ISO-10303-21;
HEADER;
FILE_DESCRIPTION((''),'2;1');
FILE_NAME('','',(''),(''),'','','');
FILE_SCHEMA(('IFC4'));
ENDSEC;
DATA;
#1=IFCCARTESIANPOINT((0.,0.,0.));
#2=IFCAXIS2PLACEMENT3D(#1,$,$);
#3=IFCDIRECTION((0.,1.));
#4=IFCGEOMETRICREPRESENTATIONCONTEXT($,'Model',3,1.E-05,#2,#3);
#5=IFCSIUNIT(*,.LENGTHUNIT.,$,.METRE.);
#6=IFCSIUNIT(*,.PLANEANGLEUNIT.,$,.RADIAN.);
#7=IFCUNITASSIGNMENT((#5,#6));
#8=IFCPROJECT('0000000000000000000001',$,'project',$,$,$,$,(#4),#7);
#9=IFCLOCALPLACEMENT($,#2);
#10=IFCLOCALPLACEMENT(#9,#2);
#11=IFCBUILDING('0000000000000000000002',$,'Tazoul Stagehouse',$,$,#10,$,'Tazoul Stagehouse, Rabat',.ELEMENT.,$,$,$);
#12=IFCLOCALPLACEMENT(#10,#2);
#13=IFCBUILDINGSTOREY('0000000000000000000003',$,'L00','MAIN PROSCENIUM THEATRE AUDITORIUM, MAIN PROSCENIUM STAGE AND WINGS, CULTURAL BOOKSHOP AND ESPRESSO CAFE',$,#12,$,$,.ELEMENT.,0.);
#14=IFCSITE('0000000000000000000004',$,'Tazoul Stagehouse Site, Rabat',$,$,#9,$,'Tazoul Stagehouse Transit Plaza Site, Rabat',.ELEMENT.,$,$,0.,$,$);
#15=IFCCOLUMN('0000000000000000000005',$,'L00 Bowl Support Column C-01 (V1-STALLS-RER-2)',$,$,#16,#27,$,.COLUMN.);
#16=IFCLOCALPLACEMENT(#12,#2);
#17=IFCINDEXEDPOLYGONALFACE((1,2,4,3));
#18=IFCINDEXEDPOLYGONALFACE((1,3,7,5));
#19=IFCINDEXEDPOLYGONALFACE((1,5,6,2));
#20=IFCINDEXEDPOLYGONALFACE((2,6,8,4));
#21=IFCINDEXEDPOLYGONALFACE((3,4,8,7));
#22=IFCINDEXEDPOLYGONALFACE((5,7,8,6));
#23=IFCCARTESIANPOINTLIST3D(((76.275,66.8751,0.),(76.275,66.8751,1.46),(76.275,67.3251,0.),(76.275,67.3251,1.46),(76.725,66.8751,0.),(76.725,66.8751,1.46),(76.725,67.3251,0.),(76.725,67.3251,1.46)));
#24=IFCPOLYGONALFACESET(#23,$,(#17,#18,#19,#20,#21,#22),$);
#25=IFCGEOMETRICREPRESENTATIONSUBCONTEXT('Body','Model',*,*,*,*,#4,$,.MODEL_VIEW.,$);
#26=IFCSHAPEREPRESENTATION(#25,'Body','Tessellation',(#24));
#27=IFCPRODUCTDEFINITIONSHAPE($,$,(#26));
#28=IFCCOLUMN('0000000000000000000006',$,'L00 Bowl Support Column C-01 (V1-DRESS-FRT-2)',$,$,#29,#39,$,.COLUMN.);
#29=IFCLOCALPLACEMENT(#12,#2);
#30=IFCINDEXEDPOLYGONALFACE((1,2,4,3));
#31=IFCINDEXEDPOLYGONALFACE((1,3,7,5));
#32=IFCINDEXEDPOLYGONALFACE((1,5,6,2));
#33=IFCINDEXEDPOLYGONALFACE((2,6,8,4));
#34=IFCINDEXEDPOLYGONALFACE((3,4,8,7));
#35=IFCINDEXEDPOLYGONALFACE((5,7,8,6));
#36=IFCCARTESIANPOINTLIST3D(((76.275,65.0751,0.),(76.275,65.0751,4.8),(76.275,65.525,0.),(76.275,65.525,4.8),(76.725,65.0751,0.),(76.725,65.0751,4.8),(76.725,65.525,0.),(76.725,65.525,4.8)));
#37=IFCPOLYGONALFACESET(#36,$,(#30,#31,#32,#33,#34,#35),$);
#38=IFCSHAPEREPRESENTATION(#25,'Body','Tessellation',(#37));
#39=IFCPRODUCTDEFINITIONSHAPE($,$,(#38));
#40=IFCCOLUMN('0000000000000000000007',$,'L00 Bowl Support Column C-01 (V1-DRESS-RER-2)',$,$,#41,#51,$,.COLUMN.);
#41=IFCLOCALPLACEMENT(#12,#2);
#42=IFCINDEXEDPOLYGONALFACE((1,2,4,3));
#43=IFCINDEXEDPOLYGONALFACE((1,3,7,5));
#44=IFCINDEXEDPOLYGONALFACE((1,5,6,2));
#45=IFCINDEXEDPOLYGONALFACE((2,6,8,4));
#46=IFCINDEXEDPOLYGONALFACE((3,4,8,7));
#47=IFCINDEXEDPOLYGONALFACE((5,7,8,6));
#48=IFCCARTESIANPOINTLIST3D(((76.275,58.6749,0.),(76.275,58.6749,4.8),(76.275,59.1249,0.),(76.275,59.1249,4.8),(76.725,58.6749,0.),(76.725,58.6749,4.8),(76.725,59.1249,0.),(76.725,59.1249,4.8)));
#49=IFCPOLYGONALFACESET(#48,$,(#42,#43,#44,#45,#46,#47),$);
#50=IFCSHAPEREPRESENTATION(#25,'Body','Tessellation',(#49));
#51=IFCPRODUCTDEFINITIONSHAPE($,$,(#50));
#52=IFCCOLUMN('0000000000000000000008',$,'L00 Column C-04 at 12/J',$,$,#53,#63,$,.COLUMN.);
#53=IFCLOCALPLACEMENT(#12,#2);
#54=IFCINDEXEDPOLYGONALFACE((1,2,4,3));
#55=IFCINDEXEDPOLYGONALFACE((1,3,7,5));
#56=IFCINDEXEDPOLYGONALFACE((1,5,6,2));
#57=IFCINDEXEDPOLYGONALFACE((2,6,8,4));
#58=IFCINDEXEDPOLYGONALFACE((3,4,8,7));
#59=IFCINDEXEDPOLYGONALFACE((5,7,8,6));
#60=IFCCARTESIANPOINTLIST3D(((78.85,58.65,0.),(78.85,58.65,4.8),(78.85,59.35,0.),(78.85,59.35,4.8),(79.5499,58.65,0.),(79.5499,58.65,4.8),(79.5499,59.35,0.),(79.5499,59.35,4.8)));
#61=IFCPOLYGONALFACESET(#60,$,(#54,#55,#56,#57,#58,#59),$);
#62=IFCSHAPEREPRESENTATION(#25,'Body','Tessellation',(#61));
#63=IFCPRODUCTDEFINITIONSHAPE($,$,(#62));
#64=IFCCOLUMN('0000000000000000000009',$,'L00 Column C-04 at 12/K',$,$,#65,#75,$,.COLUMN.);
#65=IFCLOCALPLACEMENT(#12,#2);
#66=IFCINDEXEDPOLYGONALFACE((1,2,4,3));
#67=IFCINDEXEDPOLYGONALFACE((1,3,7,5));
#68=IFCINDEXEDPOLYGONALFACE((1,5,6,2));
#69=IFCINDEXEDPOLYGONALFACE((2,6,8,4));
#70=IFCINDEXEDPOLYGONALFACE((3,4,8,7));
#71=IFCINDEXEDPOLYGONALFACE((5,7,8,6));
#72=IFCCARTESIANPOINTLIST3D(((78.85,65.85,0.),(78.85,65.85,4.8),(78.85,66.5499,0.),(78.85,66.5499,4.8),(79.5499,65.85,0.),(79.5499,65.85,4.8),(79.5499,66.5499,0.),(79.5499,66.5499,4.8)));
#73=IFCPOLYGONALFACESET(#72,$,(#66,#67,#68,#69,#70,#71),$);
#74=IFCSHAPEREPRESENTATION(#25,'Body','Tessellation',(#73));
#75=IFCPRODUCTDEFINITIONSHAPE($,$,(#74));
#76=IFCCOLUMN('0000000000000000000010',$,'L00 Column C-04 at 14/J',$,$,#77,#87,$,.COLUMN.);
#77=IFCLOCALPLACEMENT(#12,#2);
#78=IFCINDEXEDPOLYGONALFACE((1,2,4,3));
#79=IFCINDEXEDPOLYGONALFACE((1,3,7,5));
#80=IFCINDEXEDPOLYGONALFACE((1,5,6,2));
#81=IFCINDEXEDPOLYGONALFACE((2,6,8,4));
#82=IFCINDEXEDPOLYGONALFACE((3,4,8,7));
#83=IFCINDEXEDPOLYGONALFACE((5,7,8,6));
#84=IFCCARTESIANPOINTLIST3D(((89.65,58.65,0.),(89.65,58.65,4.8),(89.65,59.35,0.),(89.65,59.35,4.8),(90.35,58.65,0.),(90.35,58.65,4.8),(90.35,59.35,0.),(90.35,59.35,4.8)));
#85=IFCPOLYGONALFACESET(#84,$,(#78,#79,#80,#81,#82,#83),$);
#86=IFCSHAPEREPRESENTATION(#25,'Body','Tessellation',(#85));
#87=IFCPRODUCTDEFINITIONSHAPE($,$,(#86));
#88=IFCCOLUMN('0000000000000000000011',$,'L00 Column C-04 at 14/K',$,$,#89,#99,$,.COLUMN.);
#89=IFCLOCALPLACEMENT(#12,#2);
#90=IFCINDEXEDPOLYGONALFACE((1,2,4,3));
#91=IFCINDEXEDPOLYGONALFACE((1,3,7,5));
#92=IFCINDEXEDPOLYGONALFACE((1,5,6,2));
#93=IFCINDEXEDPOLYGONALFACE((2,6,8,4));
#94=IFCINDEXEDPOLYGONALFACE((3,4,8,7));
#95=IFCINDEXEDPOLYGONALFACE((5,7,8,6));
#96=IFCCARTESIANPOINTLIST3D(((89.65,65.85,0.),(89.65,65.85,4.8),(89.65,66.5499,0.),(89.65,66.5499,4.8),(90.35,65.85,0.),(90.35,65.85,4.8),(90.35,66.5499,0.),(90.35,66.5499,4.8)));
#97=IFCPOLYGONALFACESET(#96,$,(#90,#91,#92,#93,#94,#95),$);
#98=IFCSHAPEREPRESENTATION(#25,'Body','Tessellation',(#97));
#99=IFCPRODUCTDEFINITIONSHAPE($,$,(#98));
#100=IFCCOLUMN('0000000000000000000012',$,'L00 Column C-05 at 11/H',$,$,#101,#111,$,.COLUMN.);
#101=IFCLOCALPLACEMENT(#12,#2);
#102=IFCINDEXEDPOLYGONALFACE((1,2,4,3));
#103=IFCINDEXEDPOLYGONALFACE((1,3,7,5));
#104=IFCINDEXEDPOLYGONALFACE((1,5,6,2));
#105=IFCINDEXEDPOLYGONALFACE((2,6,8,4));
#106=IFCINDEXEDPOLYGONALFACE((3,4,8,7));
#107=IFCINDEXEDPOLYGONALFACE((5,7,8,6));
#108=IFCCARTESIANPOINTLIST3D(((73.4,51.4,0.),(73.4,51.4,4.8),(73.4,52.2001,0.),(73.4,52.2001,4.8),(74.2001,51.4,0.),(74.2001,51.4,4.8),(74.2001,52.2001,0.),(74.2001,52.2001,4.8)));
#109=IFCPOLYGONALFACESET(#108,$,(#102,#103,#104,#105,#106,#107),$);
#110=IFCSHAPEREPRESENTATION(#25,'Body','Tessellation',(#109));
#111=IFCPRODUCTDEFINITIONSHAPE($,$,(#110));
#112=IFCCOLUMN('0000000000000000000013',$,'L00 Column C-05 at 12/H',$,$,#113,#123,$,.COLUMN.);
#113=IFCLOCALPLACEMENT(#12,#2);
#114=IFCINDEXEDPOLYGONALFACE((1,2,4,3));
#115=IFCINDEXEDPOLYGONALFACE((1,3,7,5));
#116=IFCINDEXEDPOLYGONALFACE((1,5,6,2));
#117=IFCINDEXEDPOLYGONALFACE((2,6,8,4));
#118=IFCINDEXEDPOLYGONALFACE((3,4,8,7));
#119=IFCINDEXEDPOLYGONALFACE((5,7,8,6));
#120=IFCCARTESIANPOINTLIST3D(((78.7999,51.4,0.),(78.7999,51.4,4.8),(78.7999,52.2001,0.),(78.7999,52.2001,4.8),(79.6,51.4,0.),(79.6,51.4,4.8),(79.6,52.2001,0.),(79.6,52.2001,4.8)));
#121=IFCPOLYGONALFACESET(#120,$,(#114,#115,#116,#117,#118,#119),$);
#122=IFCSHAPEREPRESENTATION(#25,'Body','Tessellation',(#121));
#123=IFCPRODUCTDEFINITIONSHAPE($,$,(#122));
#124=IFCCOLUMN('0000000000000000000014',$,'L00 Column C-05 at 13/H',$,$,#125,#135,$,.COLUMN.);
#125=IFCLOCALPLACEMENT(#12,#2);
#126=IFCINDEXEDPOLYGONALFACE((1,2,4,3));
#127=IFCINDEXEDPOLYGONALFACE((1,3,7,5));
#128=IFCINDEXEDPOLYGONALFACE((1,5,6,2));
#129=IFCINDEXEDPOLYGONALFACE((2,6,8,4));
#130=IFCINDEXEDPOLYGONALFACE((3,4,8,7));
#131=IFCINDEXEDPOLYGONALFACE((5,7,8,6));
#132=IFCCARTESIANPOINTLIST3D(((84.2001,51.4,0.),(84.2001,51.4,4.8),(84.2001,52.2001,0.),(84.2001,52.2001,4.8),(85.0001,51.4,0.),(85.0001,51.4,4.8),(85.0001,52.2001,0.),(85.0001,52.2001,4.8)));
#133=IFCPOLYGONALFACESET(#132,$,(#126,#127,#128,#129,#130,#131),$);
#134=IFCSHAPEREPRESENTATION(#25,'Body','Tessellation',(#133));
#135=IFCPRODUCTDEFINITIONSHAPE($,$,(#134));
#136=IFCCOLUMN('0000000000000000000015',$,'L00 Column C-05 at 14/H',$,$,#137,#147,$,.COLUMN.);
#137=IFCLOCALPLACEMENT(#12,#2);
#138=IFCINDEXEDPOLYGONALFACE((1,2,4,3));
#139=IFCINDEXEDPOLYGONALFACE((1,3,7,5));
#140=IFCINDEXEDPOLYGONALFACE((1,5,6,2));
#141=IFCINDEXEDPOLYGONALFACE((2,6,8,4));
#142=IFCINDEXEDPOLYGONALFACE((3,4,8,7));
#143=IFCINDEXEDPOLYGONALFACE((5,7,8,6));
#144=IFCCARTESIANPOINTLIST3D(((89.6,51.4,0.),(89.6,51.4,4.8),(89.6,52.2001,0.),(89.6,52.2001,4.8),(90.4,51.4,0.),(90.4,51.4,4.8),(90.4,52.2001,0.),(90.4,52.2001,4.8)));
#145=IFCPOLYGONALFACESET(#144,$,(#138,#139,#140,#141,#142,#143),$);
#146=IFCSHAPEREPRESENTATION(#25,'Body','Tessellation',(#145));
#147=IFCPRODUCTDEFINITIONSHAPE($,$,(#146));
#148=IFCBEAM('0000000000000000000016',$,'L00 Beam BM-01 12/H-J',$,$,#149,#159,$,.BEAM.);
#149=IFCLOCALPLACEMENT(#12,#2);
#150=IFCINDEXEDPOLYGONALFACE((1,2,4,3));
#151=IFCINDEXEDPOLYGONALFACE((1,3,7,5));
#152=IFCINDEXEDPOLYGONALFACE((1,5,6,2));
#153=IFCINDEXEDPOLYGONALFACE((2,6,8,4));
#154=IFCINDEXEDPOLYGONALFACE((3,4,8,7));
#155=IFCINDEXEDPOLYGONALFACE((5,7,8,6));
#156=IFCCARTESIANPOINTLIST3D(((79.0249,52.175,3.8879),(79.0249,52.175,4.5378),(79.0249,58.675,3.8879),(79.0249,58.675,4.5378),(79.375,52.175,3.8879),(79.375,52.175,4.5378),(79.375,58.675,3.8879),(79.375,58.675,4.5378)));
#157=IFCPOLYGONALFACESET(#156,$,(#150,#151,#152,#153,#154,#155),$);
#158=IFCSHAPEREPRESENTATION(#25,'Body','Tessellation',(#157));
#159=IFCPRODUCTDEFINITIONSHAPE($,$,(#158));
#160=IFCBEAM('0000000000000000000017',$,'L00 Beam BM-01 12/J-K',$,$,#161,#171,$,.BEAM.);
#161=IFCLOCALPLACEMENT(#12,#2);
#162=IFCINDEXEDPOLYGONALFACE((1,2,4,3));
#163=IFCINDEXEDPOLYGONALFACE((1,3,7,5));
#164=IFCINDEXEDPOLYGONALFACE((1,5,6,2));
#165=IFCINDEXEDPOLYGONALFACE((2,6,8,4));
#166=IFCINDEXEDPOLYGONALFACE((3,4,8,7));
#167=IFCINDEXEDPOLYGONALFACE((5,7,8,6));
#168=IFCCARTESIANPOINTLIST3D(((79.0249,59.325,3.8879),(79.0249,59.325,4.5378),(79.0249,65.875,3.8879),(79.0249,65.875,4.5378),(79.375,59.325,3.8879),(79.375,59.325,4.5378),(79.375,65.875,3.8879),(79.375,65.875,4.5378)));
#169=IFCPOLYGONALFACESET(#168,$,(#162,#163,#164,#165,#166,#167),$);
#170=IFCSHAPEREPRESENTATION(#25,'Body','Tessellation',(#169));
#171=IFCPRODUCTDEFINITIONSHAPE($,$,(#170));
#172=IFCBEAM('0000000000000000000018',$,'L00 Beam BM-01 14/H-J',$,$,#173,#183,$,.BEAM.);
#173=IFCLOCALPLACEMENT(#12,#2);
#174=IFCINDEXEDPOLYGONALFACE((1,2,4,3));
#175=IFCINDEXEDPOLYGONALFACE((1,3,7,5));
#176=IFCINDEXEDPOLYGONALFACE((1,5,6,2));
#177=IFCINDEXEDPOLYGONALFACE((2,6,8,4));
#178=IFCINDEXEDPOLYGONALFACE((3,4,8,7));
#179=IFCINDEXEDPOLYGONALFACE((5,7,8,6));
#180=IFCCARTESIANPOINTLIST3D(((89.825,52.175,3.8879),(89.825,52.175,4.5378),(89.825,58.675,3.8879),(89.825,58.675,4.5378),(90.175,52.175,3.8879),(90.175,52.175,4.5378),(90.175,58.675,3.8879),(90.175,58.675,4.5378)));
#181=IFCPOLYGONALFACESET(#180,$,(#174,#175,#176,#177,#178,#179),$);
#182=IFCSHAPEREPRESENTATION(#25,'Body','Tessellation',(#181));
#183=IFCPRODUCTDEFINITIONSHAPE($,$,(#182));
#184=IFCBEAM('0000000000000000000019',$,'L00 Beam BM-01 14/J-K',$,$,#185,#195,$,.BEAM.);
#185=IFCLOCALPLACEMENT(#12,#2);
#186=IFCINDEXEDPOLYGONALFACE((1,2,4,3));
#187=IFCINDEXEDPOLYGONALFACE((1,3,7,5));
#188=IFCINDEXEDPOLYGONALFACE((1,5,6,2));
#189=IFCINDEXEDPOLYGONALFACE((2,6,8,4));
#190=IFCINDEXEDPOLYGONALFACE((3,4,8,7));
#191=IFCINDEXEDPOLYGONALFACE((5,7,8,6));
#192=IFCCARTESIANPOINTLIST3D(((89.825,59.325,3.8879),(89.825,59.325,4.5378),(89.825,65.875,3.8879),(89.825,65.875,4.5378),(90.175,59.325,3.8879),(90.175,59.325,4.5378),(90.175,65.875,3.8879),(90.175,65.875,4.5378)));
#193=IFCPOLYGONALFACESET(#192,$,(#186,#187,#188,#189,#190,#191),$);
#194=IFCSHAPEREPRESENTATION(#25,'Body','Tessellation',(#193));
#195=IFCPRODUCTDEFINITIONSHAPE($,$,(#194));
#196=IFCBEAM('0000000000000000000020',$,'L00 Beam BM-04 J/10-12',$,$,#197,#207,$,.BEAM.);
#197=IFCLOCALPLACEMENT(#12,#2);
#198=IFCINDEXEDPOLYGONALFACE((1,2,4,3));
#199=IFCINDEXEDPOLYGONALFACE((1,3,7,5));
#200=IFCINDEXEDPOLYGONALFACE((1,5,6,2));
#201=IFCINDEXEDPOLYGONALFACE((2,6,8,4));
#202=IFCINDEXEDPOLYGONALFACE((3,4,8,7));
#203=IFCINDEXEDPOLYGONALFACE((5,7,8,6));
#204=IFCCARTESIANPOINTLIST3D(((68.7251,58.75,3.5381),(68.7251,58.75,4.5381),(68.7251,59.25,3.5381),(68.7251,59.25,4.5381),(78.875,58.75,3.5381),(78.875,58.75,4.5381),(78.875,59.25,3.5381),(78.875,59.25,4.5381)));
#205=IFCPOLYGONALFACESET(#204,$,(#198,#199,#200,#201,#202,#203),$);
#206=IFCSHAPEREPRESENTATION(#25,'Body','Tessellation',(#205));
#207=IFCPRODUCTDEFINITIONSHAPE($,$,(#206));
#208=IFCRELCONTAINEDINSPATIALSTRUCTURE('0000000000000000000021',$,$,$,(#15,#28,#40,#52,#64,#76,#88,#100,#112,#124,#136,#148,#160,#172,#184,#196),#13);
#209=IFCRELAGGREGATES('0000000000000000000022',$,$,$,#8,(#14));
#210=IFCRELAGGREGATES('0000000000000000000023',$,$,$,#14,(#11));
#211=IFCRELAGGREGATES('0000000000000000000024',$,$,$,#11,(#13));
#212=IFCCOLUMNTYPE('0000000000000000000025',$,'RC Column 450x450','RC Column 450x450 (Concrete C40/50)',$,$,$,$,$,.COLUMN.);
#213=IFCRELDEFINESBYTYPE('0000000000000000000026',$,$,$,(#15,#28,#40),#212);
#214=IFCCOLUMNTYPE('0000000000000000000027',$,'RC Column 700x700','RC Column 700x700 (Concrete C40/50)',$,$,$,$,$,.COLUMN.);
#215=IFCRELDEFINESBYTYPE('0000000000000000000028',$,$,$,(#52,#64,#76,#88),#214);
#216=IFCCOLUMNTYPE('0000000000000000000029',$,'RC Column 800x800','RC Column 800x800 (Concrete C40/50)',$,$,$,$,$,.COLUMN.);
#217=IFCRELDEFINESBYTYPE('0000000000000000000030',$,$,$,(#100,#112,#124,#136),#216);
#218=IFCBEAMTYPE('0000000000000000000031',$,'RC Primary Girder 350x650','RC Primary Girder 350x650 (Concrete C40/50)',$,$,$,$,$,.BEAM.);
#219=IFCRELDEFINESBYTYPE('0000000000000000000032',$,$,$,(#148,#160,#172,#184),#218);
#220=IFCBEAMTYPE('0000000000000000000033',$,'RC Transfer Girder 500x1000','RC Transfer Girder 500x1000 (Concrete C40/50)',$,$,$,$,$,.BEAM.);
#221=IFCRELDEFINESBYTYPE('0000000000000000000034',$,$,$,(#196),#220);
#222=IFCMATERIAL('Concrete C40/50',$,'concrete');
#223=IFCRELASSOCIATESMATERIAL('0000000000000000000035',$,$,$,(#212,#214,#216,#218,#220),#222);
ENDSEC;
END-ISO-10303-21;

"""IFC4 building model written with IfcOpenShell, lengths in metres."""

from ifc_helpers import new_model, si_unit, direction, frame, origin, origin_2d, place, context, subcontext, project, spatial, rectangle, extrude, material, material_profile, profile_set, type_object, element, save


model = new_model("IFC4")

# Units and contexts
model_context = context("Model", 3, precision=1e-05, world=origin(), true_north=direction((0.0, 1.0)))
body_context = subcontext(model_context, "Body", "Model", "MODEL_VIEW")
ifc_project = project(units=[si_unit("LENGTHUNIT", "METRE"), si_unit("PLANEANGLEUNIT", "RADIAN")], contexts=[model_context])

# Site, building, storey
site_placement = place(None, origin())
site = spatial("IfcSite", under=ifc_project, at=site_placement, Name="Tazoul Stagehouse Site, Rabat", LongName="Tazoul Stagehouse Transit Plaza Site, Rabat", CompositionType="ELEMENT", RefElevation=0.0)
building_placement = place(site_placement, origin())
building = spatial("IfcBuilding", under=site, at=building_placement, Name="Tazoul Stagehouse", LongName="Tazoul Stagehouse, Rabat", CompositionType="ELEMENT")
storey_placement = place(building_placement, origin())
storey = spatial("IfcBuildingStorey", under=building, at=storey_placement, Name="L00", Description="MAIN PROSCENIUM THEATRE AUDITORIUM, MAIN PROSCENIUM STAGE AND WINGS, CULTURAL BOOKSHOP AND ESPRESSO CAFE", CompositionType="ELEMENT", Elevation=0.0)

# Columns
ifc_material_1 = material(Name="Concrete C40/50", Category="concrete")
ifc_material_profile_1 = material_profile(ifc_material_1, rectangle(XDim=0.45, YDim=0.45, at=origin_2d()), Name="RC 450x450")
ifc_profile_set_1 = profile_set([ifc_material_profile_1], Name="Concrete C40/50")
column_type_1 = type_object("IfcColumnType", Name="RC Column 450x450", Description="RC Column 450x450 (Concrete C40/50)", PredefinedType="COLUMN", material=ifc_profile_set_1)
column_placement = place(storey_placement, frame((76.5, 67.1001, 0.0), z_axis=(0.0, 0.0, 1.0), x_axis=(1.0, 0.0, 0.0)))
element("IfcColumn", 1, at=column_placement, inside=storey, type_object=column_type_1, Name="L00 Bowl Support Column C-01 (V1-STALLS-RER-2)", PredefinedType="COLUMN", context=body_context, shape_type="SweptSolid", body=[
    extrude(rectangle(XDim=0.45, YDim=0.45, at=origin_2d()), origin(), (0.0, 0.0, 1.0), 1.46),
])
for number, where, z_axis, x_axis, name in (
    (2, (76.5, 65.3, 0.0), (0.0, 0.0, 1.0), (1.0, 0.0, 0.0), "L00 Bowl Support Column C-01 (V1-DRESS-FRT-2)"),
    (3, (76.5, 58.8999, 0.0), (0.0, 0.0, 1.0), (1.0, 0.0, 0.0), "L00 Bowl Support Column C-01 (V1-DRESS-RER-2)"),
):
    element("IfcColumn", number, at=place(storey_placement, frame(where, z_axis=z_axis, x_axis=x_axis)), inside=storey, type_object=column_type_1, Name=name, PredefinedType="COLUMN", context=body_context, shape_type="SweptSolid", body=[
        extrude(rectangle(XDim=0.45, YDim=0.45, at=origin_2d()), origin(), (0.0, 0.0, 1.0), 4.8),
    ])
ifc_material_profile_2 = material_profile(ifc_material_1, rectangle(XDim=0.7, YDim=0.7, at=origin_2d()), Name="RC 700x700")
ifc_profile_set_2 = profile_set([ifc_material_profile_2], Name="Concrete C40/50")
column_type_2 = type_object("IfcColumnType", Name="RC Column 700x700", Description="RC Column 700x700 (Concrete C40/50)", PredefinedType="COLUMN", material=ifc_profile_set_2)
for number, where, z_axis, x_axis, name in (
    (4, (79.2, 59.0, 0.0), (0.0, 0.0, 1.0), (1.0, 0.0, 0.0), "L00 Column C-04 at 12/J"),
    (5, (79.2, 66.2, 0.0), (0.0, 0.0, 1.0), (1.0, 0.0, 0.0), "L00 Column C-04 at 12/K"),
    (6, (90.0, 59.0, 0.0), (0.0, 0.0, 1.0), (1.0, 0.0, 0.0), "L00 Column C-04 at 14/J"),
    (7, (90.0, 66.2, 0.0), (0.0, 0.0, 1.0), (1.0, 0.0, 0.0), "L00 Column C-04 at 14/K"),
):
    element("IfcColumn", number, at=place(storey_placement, frame(where, z_axis=z_axis, x_axis=x_axis)), inside=storey, type_object=column_type_2, Name=name, PredefinedType="COLUMN", context=body_context, shape_type="SweptSolid", body=[
        extrude(rectangle(XDim=0.7, YDim=0.7, at=origin_2d()), origin(), (0.0, 0.0, 1.0), 4.8),
    ])
ifc_material_profile_3 = material_profile(ifc_material_1, rectangle(XDim=0.8, YDim=0.8, at=origin_2d()), Name="RC 800x800")
ifc_profile_set_3 = profile_set([ifc_material_profile_3], Name="Concrete C40/50")
column_type_3 = type_object("IfcColumnType", Name="RC Column 800x800", Description="RC Column 800x800 (Concrete C40/50)", PredefinedType="COLUMN", material=ifc_profile_set_3)
for number, where, z_axis, x_axis, name in (
    (8, (73.8, 51.8, 0.0), (0.0, 0.0, 1.0), (1.0, 0.0, 0.0), "L00 Column C-05 at 11/H"),
    (9, (79.2, 51.8, 0.0), (0.0, 0.0, 1.0), (1.0, 0.0, 0.0), "L00 Column C-05 at 12/H"),
    (10, (84.6001, 51.8, 0.0), (0.0, 0.0, 1.0), (1.0, 0.0, 0.0), "L00 Column C-05 at 13/H"),
    (11, (90.0, 51.8, 0.0), (0.0, 0.0, 1.0), (1.0, 0.0, 0.0), "L00 Column C-05 at 14/H"),
):
    element("IfcColumn", number, at=place(storey_placement, frame(where, z_axis=z_axis, x_axis=x_axis)), inside=storey, type_object=column_type_3, Name=name, PredefinedType="COLUMN", context=body_context, shape_type="SweptSolid", body=[
        extrude(rectangle(XDim=0.8, YDim=0.8, at=origin_2d()), origin(), (0.0, 0.0, 1.0), 4.8),
    ])

# Beams
ifc_material_profile_4 = material_profile(ifc_material_1, rectangle(XDim=0.3501, YDim=0.6499, at=origin_2d()), Name="RC 350x650")
ifc_profile_set_4 = profile_set([ifc_material_profile_4], Name="Concrete C40/50")
beam_type_1 = type_object("IfcBeamType", Name="RC Primary Girder 350x650", Description="RC Primary Girder 350x650 (Concrete C40/50)", PredefinedType="BEAM", material=ifc_profile_set_4)
beam_1_placement = place(storey_placement, frame((79.2, 52.175, 4.2129), z_axis=(0.0, 1.0, 0.0), x_axis=(-1.0, 0.0, 0.0)))
element("IfcBeam", 12, at=beam_1_placement, inside=storey, type_object=beam_type_1, Name="L00 Beam BM-01 12/H-J", PredefinedType="BEAM", context=body_context, shape_type="SweptSolid", body=[
    extrude(rectangle(XDim=0.3501, YDim=0.6499, at=origin_2d()), origin(), (0.0, 0.0, 1.0), 6.5),
])
beam_2_placement = place(storey_placement, frame((79.2, 59.325, 4.2129), z_axis=(0.0, 1.0, 0.0), x_axis=(-1.0, 0.0, 0.0)))
element("IfcBeam", 13, at=beam_2_placement, inside=storey, type_object=beam_type_1, Name="L00 Beam BM-01 12/J-K", PredefinedType="BEAM", context=body_context, shape_type="SweptSolid", body=[
    extrude(rectangle(XDim=0.3501, YDim=0.6499, at=origin_2d()), origin(), (0.0, 0.0, 1.0), 6.55),
])
beam_3_placement = place(storey_placement, frame((90.0, 52.175, 4.2129), z_axis=(0.0, 1.0, 0.0), x_axis=(-1.0, 0.0, 0.0)))
element("IfcBeam", 14, at=beam_3_placement, inside=storey, type_object=beam_type_1, Name="L00 Beam BM-01 14/H-J", PredefinedType="BEAM", context=body_context, shape_type="SweptSolid", body=[
    extrude(rectangle(XDim=0.3501, YDim=0.6499, at=origin_2d()), origin(), (0.0, 0.0, 1.0), 6.5),
])
beam_4_placement = place(storey_placement, frame((90.0, 59.325, 4.2129), z_axis=(0.0, 1.0, 0.0), x_axis=(-1.0, 0.0, 0.0)))
element("IfcBeam", 15, at=beam_4_placement, inside=storey, type_object=beam_type_1, Name="L00 Beam BM-01 14/J-K", PredefinedType="BEAM", context=body_context, shape_type="SweptSolid", body=[
    extrude(rectangle(XDim=0.3501, YDim=0.6499, at=origin_2d()), origin(), (0.0, 0.0, 1.0), 6.55),
])
ifc_material_profile_5 = material_profile(ifc_material_1, rectangle(XDim=0.5, YDim=1.0, at=origin_2d()), Name="RC 500x1000")
ifc_profile_set_5 = profile_set([ifc_material_profile_5], Name="Concrete C40/50")
beam_type_2 = type_object("IfcBeamType", Name="RC Transfer Girder 500x1000", Description="RC Transfer Girder 500x1000 (Concrete C40/50)", PredefinedType="BEAM", material=ifc_profile_set_5)
beam_5_placement = place(storey_placement, frame((68.7251, 59.0, 4.0381), z_axis=(1.0, 0.0, 0.0), x_axis=(0.0, 1.0, 0.0)))
element("IfcBeam", 16, at=beam_5_placement, inside=storey, type_object=beam_type_2, Name="L00 Beam BM-04 J/10-12", PredefinedType="BEAM", context=body_context, shape_type="SweptSolid", body=[
    extrude(rectangle(XDim=0.5, YDim=1.0, at=origin_2d()), origin(), (0.0, 0.0, 1.0), 10.1499),
])

save(model, "model.ifc")
